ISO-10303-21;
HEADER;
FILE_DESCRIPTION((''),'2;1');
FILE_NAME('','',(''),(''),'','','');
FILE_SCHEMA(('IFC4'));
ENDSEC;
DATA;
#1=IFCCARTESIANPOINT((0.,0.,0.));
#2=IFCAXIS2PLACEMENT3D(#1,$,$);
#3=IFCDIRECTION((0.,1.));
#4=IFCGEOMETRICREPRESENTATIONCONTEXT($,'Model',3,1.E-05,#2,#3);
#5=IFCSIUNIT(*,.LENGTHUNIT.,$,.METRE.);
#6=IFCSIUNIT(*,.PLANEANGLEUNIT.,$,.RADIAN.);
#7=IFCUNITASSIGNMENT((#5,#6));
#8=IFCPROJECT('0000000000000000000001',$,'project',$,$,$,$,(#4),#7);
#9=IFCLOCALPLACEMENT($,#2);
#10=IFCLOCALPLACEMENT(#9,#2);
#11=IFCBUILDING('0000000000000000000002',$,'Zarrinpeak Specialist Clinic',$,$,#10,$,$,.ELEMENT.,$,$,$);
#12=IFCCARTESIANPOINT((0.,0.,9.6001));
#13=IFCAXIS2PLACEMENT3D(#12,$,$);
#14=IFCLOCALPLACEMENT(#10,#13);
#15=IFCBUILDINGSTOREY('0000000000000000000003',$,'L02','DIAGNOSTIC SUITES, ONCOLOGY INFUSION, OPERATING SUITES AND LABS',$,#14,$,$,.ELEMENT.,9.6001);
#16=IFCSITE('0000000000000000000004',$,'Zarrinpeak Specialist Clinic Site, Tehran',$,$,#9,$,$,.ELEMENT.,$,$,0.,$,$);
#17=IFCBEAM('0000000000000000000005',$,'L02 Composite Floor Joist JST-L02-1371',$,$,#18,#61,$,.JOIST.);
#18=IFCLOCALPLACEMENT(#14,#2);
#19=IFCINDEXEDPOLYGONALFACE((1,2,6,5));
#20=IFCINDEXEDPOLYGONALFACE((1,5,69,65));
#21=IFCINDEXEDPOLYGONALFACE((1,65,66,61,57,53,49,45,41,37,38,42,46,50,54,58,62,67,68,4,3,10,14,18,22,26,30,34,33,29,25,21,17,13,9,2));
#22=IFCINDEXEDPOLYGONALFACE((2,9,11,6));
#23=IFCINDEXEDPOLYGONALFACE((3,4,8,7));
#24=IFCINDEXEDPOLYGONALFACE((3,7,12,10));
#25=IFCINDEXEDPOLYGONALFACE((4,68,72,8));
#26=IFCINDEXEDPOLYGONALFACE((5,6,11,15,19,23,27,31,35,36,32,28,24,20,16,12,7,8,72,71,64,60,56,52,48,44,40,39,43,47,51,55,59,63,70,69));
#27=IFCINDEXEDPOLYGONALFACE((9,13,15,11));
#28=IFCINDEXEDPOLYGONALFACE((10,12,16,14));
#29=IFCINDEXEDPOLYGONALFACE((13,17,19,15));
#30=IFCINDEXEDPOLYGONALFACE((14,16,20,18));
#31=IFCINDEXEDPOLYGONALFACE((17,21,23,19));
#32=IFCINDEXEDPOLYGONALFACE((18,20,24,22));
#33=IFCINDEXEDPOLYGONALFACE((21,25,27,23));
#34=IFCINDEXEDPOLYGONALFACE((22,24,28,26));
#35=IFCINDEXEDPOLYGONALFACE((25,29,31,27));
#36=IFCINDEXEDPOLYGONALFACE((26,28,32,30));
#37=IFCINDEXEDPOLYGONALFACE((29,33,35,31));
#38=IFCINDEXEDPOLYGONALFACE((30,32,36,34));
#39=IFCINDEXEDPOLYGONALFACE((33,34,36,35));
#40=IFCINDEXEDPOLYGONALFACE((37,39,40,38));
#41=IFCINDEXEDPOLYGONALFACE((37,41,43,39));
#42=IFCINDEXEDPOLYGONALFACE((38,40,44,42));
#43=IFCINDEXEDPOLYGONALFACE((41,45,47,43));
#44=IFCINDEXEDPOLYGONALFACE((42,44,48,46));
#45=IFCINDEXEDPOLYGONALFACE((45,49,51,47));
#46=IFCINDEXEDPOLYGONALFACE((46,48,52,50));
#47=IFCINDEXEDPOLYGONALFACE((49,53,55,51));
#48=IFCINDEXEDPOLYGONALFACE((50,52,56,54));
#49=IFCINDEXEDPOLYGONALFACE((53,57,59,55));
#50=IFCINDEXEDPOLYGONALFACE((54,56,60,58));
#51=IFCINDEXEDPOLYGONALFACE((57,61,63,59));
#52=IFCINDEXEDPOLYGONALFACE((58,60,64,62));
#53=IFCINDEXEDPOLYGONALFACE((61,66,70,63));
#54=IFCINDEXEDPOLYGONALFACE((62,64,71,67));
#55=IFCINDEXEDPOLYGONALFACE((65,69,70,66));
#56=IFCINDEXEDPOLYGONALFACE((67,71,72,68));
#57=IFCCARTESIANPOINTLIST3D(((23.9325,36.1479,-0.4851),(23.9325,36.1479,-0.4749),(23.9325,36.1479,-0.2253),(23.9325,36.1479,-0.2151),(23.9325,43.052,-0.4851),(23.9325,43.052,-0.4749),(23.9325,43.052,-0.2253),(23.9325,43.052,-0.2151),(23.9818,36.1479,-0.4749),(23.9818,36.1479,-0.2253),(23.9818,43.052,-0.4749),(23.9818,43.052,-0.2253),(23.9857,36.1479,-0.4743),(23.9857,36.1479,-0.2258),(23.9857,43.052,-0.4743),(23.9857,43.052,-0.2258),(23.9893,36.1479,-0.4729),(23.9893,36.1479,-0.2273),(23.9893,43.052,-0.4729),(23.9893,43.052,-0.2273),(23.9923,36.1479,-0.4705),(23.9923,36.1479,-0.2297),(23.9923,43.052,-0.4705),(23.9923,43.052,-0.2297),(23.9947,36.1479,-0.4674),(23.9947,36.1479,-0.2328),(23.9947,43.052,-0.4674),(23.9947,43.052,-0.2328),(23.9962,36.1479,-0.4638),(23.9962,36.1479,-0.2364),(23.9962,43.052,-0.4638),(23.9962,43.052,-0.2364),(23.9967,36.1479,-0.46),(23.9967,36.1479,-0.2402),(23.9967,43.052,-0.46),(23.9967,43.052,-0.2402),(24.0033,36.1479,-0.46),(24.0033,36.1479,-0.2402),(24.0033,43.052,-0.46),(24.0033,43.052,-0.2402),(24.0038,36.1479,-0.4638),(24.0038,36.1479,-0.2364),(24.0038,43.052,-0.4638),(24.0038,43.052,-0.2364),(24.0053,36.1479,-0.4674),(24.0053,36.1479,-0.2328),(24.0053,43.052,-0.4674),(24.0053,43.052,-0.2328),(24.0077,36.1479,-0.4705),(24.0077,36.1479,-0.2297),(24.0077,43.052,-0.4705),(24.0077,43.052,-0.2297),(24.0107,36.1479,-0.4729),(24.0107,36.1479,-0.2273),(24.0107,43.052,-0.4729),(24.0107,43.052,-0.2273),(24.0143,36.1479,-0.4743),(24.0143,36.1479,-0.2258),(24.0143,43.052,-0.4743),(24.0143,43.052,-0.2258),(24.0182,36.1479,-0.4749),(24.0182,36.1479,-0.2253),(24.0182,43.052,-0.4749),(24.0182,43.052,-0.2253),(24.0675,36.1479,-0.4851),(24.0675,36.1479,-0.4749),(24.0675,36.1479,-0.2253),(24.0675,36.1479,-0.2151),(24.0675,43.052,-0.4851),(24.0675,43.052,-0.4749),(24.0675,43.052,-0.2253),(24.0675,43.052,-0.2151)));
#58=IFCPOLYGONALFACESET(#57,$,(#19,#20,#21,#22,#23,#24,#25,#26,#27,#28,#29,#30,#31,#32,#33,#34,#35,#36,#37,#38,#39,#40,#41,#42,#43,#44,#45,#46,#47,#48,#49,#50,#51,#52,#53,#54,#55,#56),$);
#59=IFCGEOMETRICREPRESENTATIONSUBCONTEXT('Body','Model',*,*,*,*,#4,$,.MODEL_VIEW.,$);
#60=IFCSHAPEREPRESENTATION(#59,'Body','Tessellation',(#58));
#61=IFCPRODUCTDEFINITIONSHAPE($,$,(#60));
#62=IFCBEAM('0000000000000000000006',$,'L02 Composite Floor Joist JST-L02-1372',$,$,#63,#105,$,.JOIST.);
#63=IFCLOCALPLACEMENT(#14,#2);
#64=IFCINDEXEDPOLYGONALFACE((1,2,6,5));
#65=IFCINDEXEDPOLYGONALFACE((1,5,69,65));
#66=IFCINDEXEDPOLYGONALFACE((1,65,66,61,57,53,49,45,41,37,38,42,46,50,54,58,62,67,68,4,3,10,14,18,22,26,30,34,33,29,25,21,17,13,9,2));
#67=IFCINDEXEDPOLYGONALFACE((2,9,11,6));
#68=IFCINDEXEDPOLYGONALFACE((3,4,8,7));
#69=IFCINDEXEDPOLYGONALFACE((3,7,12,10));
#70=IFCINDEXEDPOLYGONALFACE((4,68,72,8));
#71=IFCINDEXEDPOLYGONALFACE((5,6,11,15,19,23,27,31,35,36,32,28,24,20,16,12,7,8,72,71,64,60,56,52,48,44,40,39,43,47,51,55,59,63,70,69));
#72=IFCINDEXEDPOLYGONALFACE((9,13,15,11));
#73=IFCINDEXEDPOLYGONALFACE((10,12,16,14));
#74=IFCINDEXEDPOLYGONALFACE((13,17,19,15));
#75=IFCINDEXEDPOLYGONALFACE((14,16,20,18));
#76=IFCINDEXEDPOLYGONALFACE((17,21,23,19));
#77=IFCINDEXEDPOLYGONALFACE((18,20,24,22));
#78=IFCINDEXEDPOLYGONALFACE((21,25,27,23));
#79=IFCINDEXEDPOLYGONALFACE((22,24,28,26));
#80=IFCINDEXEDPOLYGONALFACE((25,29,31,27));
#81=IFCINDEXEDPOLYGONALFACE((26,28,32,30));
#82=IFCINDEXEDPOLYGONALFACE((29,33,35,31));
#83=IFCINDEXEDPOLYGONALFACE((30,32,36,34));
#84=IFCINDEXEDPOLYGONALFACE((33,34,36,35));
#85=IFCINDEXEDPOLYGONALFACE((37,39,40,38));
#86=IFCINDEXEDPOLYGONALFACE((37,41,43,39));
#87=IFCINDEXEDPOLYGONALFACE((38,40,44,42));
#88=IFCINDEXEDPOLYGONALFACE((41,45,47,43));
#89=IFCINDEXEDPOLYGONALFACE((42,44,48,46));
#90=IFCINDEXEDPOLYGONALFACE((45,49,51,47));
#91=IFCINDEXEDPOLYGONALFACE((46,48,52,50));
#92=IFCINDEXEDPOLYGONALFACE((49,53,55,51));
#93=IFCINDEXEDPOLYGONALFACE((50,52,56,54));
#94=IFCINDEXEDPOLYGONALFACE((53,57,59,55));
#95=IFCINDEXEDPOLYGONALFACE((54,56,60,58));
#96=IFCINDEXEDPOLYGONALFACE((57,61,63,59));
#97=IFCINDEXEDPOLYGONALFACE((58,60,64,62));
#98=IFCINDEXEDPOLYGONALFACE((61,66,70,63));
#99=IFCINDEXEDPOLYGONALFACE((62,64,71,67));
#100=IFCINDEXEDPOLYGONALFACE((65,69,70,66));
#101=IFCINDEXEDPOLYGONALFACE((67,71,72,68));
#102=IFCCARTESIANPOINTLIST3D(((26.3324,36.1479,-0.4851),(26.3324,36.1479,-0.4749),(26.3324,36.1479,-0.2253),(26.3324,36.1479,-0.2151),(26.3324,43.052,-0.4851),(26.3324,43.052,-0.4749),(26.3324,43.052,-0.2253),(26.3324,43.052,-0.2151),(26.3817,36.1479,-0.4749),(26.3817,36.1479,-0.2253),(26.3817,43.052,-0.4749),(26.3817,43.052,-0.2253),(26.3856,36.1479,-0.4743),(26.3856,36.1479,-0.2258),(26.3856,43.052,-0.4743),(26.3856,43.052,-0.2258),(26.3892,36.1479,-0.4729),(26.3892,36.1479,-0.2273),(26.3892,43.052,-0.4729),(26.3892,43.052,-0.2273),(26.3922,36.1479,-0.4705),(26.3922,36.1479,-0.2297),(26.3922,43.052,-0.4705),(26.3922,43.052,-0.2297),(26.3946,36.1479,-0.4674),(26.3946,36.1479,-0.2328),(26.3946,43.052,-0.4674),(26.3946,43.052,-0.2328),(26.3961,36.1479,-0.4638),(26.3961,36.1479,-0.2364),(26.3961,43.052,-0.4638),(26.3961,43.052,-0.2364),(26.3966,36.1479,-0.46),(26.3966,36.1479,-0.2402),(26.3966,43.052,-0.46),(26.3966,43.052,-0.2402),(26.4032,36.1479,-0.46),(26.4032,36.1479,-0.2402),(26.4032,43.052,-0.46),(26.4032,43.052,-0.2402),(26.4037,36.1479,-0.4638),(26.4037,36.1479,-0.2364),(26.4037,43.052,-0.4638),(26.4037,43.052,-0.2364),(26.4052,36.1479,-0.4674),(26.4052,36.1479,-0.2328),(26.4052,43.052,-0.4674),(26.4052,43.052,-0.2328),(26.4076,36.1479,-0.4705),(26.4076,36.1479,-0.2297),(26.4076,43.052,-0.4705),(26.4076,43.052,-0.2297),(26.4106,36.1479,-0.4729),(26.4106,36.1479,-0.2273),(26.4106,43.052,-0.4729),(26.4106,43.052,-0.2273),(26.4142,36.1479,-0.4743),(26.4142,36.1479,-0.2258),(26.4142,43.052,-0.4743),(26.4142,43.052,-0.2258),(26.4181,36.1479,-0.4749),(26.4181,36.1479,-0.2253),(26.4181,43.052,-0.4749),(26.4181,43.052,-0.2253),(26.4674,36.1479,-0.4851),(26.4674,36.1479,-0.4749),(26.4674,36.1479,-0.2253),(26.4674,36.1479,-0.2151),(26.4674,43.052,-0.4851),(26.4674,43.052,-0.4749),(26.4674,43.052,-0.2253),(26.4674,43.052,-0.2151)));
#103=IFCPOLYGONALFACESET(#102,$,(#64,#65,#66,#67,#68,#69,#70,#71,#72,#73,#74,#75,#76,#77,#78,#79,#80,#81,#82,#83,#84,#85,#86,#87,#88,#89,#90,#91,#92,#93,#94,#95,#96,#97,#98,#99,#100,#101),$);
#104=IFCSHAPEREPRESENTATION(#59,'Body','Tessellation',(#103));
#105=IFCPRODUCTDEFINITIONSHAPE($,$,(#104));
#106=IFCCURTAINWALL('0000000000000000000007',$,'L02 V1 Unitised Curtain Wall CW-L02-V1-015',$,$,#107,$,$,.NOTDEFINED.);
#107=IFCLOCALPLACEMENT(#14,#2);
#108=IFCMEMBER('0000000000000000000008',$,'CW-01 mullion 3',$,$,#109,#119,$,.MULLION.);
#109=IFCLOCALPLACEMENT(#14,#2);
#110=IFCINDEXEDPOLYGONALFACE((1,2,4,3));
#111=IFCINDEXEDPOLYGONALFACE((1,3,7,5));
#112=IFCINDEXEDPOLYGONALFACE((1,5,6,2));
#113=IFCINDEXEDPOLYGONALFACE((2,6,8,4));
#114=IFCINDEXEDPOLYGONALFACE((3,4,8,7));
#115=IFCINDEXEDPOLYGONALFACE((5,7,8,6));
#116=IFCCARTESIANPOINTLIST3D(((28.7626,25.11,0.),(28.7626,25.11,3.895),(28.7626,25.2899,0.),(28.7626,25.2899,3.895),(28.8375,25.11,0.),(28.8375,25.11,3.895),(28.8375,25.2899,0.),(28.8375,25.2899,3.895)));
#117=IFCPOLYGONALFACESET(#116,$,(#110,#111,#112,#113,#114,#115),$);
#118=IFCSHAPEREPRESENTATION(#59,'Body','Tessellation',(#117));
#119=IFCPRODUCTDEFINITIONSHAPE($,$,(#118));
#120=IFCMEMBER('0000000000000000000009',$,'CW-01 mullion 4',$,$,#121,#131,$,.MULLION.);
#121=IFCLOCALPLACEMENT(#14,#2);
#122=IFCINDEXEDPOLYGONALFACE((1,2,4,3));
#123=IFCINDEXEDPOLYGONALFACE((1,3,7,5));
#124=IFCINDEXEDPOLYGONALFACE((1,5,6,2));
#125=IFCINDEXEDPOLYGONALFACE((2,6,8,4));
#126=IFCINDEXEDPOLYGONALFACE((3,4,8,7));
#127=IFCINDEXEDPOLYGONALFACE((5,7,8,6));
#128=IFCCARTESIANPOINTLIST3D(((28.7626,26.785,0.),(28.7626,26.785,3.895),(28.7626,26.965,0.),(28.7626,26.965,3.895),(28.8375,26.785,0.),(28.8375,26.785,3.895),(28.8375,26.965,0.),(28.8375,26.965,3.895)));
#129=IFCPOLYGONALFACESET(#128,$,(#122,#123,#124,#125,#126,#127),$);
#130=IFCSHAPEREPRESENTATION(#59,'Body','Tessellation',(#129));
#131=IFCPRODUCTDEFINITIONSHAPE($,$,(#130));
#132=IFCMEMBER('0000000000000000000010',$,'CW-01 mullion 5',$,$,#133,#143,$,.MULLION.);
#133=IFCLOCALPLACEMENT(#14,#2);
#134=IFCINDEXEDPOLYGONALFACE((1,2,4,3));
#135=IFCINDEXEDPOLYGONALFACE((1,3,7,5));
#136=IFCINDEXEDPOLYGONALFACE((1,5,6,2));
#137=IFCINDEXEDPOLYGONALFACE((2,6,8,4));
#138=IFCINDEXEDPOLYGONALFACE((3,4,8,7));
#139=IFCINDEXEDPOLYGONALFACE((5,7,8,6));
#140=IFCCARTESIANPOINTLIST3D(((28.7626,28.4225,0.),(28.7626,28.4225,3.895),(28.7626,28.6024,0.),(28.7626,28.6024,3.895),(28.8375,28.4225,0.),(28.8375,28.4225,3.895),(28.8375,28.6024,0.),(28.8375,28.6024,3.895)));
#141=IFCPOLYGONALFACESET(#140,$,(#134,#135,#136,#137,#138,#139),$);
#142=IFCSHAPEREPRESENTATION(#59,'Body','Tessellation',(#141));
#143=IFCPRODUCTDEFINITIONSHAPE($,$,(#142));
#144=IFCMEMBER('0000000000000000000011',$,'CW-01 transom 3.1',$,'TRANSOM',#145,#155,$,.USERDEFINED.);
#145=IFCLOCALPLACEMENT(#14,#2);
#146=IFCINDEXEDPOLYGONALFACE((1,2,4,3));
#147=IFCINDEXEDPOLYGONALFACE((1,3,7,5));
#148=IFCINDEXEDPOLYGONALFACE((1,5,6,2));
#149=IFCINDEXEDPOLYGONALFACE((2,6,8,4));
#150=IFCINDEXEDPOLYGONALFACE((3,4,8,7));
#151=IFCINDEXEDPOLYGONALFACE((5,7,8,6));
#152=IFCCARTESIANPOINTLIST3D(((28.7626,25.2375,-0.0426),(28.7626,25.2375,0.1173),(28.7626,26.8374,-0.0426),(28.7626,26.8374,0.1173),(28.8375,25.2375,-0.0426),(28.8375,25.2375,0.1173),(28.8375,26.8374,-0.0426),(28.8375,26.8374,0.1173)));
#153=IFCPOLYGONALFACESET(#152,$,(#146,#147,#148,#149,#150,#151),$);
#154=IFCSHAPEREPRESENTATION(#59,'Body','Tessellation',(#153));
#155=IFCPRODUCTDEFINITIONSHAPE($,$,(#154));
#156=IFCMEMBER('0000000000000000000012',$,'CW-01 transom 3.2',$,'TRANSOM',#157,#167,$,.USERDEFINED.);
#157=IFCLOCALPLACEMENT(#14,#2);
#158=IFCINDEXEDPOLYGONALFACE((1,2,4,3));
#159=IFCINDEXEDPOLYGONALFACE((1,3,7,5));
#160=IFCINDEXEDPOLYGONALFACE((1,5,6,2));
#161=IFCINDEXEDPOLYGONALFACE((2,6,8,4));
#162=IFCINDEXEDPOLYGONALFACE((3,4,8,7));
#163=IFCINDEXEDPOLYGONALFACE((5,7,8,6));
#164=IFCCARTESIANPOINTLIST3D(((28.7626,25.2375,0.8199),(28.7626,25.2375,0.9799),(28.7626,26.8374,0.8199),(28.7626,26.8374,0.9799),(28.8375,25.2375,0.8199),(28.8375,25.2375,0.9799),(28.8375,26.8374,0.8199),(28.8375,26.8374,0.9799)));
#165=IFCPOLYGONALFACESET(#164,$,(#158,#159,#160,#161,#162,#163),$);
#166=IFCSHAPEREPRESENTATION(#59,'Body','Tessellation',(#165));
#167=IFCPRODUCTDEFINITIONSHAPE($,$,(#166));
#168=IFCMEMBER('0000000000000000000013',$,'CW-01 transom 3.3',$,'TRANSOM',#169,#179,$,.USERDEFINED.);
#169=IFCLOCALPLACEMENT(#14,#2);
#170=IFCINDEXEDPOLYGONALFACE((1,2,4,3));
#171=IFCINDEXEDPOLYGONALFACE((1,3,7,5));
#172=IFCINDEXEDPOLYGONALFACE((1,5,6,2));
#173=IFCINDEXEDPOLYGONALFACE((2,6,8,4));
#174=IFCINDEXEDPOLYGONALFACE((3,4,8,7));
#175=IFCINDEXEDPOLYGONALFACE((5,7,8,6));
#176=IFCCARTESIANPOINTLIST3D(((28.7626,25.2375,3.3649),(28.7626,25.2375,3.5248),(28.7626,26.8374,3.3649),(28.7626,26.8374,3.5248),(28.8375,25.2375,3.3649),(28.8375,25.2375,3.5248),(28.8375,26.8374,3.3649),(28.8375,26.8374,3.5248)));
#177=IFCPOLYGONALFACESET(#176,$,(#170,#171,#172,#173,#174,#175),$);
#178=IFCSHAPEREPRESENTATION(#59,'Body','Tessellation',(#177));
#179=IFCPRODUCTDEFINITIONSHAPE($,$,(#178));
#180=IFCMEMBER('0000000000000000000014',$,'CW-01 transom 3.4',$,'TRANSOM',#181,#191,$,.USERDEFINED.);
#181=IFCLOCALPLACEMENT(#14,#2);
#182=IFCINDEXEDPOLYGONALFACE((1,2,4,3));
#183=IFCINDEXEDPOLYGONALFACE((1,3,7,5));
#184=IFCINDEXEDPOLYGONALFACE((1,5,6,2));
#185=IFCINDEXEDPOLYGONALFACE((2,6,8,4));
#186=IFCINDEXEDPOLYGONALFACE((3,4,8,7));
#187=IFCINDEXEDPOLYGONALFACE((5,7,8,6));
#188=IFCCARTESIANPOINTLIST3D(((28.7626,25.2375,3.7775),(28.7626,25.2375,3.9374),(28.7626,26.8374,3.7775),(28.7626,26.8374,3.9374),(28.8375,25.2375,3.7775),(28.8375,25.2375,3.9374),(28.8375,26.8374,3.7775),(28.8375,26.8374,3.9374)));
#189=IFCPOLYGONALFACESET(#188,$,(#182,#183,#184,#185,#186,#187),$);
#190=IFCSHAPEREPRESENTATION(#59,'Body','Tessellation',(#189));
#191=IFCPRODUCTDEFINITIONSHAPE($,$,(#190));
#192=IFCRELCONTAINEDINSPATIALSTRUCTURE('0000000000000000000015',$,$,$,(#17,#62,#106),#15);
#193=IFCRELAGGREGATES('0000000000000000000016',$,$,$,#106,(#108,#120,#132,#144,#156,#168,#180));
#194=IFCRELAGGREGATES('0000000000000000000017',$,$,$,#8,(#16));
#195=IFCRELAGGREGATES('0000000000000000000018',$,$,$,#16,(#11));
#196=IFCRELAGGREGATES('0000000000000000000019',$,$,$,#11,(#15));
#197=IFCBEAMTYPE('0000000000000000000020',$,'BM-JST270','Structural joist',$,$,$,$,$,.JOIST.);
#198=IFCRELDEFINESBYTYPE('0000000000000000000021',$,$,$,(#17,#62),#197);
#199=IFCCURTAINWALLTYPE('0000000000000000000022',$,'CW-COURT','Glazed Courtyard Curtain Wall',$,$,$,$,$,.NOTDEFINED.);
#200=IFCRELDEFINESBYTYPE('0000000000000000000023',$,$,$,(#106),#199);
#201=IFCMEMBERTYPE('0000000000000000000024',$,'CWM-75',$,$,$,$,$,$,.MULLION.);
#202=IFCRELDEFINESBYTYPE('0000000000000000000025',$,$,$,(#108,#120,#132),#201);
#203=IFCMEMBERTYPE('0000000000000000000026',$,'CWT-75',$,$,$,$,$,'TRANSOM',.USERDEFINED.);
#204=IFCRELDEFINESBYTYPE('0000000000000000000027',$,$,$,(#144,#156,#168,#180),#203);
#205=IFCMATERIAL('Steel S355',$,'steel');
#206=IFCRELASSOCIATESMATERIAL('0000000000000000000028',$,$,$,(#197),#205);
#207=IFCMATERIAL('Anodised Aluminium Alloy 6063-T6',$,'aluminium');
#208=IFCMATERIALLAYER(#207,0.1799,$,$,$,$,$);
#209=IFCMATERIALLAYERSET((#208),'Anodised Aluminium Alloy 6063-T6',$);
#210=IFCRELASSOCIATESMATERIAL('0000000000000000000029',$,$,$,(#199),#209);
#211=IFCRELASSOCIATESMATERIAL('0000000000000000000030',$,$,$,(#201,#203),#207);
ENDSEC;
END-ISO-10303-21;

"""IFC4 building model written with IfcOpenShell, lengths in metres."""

from ifc_helpers import new_model, si_unit, direction, frame, origin, origin_2d, place, context, subcontext, project, spatial, rectangle, i_section, extrude, material, layer, layer_set, material_profile, profile_set, type_object, element, aggregate, save


model = new_model("IFC4")

# Units and contexts
model_context = context("Model", 3, precision=1e-05, world=origin(), true_north=direction((0.0, 1.0)))
body_context = subcontext(model_context, "Body", "Model", "MODEL_VIEW")
ifc_project = project(units=[si_unit("LENGTHUNIT", "METRE"), si_unit("PLANEANGLEUNIT", "RADIAN")], contexts=[model_context])

# Site, building, storey
site_placement = place(None, origin())
site = spatial("IfcSite", under=ifc_project, at=site_placement, Name="Zarrinpeak Specialist Clinic Site, Tehran", CompositionType="ELEMENT", RefElevation=0.0)
building_placement = place(site_placement, origin())
building = spatial("IfcBuilding", under=site, at=building_placement, Name="Zarrinpeak Specialist Clinic", CompositionType="ELEMENT")
storey_placement = place(building_placement, frame((0.0, 0.0, 9.6001)))
storey = spatial("IfcBuildingStorey", under=building, at=storey_placement, Name="L02", Description="DIAGNOSTIC SUITES, ONCOLOGY INFUSION, OPERATING SUITES AND LABS", CompositionType="ELEMENT", Elevation=9.6001)

# Shared definitions
ifc_material_1 = material(Name="Steel S355", Category="steel")

# Beams
ifc_material_profile_1 = material_profile(ifc_material_1, i_section(OverallWidth=0.135, OverallDepth=0.27, WebThickness=0.0066, FlangeThickness=0.0103, FilletRadius=0.0149, at=origin_2d()), Name="IPE 270")
ifc_profile_set_1 = profile_set([ifc_material_profile_1], Name="Steel S355")
beam_type_1 = type_object("IfcBeamType", Name="BM-JST270", Description="Structural joist", PredefinedType="JOIST", material=ifc_profile_set_1)
for number, where, z_axis, x_axis, name in (
    (1, (24.0, 36.1479, -0.3501), (0.0, 1.0, 0.0), (-1.0, 0.0, 0.0), "L02 Composite Floor Joist JST-L02-1371"),
    (2, (26.3999, 36.1479, -0.3501), (0.0, 1.0, 0.0), (-1.0, 0.0, 0.0), "L02 Composite Floor Joist JST-L02-1372"),
):
    element("IfcBeam", number, at=place(storey_placement, frame(where, z_axis=z_axis, x_axis=x_axis)), inside=storey, type_object=beam_type_1, Name=name, PredefinedType="JOIST", context=body_context, shape_type="SweptSolid", body=[
        extrude(i_section(OverallWidth=0.135, OverallDepth=0.27, WebThickness=0.0066, FlangeThickness=0.0103, FilletRadius=0.0149, at=origin_2d()), origin(), (0.0, 0.0, 1.0), 6.9041),
    ])

# Curtain wall, members
ifc_material_2 = material(Name="Anodised Aluminium Alloy 6063-T6", Category="aluminium")
ifc_layer_1 = layer(ifc_material_2, 0.1799)
ifc_layer_set_1 = layer_set([ifc_layer_1], Name="Anodised Aluminium Alloy 6063-T6")
curtain_wall_type = type_object("IfcCurtainWallType", Name="CW-COURT", Description="Glazed Courtyard Curtain Wall", PredefinedType="NOTDEFINED", material=ifc_layer_set_1)
curtain_wall_placement = place(storey_placement, origin())
curtain_wall = element("IfcCurtainWall", 3, at=curtain_wall_placement, inside=storey, type_object=curtain_wall_type, Name="L02 V1 Unitised Curtain Wall CW-L02-V1-015", PredefinedType="NOTDEFINED")
ifc_material_profile_2 = material_profile(ifc_material_2, rectangle(XDim=0.075, YDim=0.1799, at=origin_2d()), Name="ALU 75x180")
ifc_profile_set_2 = profile_set([ifc_material_profile_2], Name="Anodised Aluminium Alloy 6063-T6")
member_type_1 = type_object("IfcMemberType", Name="CWM-75", PredefinedType="MULLION", material=ifc_profile_set_2)
member_1_placement = place(storey_placement, frame((28.8, 25.2, 0.0), z_axis=(0.0, 0.0, 1.0), x_axis=(-1.0, 0.0, 0.0)))
member_1 = element("IfcMember", 4, at=member_1_placement, type_object=member_type_1, Name="CW-01 mullion 3", PredefinedType="MULLION", context=body_context, shape_type="SweptSolid", body=[
    extrude(rectangle(XDim=0.075, YDim=0.1799, at=origin_2d()), origin(), (0.0, 0.0, 1.0), 3.895),
])
member_2_placement = place(storey_placement, frame((28.8, 26.875, 0.0), z_axis=(0.0, 0.0, 1.0), x_axis=(-1.0, 0.0, 0.0)))
member_2 = element("IfcMember", 5, at=member_2_placement, type_object=member_type_1, Name="CW-01 mullion 4", PredefinedType="MULLION", context=body_context, shape_type="SweptSolid", body=[
    extrude(rectangle(XDim=0.075, YDim=0.1799, at=origin_2d()), origin(), (0.0, 0.0, 1.0), 3.895),
])
member_3_placement = place(storey_placement, frame((28.8, 28.5125, 0.0), z_axis=(0.0, 0.0, 1.0), x_axis=(-1.0, 0.0, 0.0)))
member_3 = element("IfcMember", 6, at=member_3_placement, type_object=member_type_1, Name="CW-01 mullion 5", PredefinedType="MULLION", context=body_context, shape_type="SweptSolid", body=[
    extrude(rectangle(XDim=0.075, YDim=0.1799, at=origin_2d()), origin(), (0.0, 0.0, 1.0), 3.895),
])
ifc_material_profile_3 = material_profile(ifc_material_2, rectangle(XDim=0.075, YDim=0.1599, at=origin_2d()), Name="ALU 75x160")
ifc_profile_set_3 = profile_set([ifc_material_profile_3], Name="Anodised Aluminium Alloy 6063-T6")
member_type_2 = type_object("IfcMemberType", Name="CWT-75", ElementType="TRANSOM", PredefinedType="USERDEFINED", material=ifc_profile_set_3)
member_4_placement = place(storey_placement, frame((28.8, 25.2375, 0.0374), z_axis=(0.0, 1.0, 0.0), x_axis=(-1.0, 0.0, 0.0)))
member_4 = element("IfcMember", 7, at=member_4_placement, type_object=member_type_2, Name="CW-01 transom 3.1", ObjectType="TRANSOM", PredefinedType="USERDEFINED", context=body_context, shape_type="SweptSolid", body=[
    extrude(rectangle(XDim=0.075, YDim=0.1599, at=origin_2d()), origin(), (0.0, 0.0, 1.0), 1.5999),
])
member_5_placement = place(storey_placement, frame((28.8, 25.2375, 0.8999), z_axis=(0.0, 1.0, 0.0), x_axis=(-1.0, 0.0, 0.0)))
member_5 = element("IfcMember", 8, at=member_5_placement, type_object=member_type_2, Name="CW-01 transom 3.2", ObjectType="TRANSOM", PredefinedType="USERDEFINED", context=body_context, shape_type="SweptSolid", body=[
    extrude(rectangle(XDim=0.075, YDim=0.1599, at=origin_2d()), origin(), (0.0, 0.0, 1.0), 1.5999),
])
member_6_placement = place(storey_placement, frame((28.8, 25.2375, 3.4448), z_axis=(0.0, 1.0, 0.0), x_axis=(-1.0, 0.0, 0.0)))
member_6 = element("IfcMember", 9, at=member_6_placement, type_object=member_type_2, Name="CW-01 transom 3.3", ObjectType="TRANSOM", PredefinedType="USERDEFINED", context=body_context, shape_type="SweptSolid", body=[
    extrude(rectangle(XDim=0.075, YDim=0.1599, at=origin_2d()), origin(), (0.0, 0.0, 1.0), 1.5999),
])
member_7_placement = place(storey_placement, frame((28.8, 25.2375, 3.8574), z_axis=(0.0, 1.0, 0.0), x_axis=(-1.0, 0.0, 0.0)))
member_7 = element("IfcMember", 10, at=member_7_placement, type_object=member_type_2, Name="CW-01 transom 3.4", ObjectType="TRANSOM", PredefinedType="USERDEFINED", context=body_context, shape_type="SweptSolid", body=[
    extrude(rectangle(XDim=0.075, YDim=0.1599, at=origin_2d()), origin(), (0.0, 0.0, 1.0), 1.5999),
])
aggregate(curtain_wall, [member_1, member_2, member_3, member_4, member_5, member_6, member_7])

save(model, "model.ifc")
